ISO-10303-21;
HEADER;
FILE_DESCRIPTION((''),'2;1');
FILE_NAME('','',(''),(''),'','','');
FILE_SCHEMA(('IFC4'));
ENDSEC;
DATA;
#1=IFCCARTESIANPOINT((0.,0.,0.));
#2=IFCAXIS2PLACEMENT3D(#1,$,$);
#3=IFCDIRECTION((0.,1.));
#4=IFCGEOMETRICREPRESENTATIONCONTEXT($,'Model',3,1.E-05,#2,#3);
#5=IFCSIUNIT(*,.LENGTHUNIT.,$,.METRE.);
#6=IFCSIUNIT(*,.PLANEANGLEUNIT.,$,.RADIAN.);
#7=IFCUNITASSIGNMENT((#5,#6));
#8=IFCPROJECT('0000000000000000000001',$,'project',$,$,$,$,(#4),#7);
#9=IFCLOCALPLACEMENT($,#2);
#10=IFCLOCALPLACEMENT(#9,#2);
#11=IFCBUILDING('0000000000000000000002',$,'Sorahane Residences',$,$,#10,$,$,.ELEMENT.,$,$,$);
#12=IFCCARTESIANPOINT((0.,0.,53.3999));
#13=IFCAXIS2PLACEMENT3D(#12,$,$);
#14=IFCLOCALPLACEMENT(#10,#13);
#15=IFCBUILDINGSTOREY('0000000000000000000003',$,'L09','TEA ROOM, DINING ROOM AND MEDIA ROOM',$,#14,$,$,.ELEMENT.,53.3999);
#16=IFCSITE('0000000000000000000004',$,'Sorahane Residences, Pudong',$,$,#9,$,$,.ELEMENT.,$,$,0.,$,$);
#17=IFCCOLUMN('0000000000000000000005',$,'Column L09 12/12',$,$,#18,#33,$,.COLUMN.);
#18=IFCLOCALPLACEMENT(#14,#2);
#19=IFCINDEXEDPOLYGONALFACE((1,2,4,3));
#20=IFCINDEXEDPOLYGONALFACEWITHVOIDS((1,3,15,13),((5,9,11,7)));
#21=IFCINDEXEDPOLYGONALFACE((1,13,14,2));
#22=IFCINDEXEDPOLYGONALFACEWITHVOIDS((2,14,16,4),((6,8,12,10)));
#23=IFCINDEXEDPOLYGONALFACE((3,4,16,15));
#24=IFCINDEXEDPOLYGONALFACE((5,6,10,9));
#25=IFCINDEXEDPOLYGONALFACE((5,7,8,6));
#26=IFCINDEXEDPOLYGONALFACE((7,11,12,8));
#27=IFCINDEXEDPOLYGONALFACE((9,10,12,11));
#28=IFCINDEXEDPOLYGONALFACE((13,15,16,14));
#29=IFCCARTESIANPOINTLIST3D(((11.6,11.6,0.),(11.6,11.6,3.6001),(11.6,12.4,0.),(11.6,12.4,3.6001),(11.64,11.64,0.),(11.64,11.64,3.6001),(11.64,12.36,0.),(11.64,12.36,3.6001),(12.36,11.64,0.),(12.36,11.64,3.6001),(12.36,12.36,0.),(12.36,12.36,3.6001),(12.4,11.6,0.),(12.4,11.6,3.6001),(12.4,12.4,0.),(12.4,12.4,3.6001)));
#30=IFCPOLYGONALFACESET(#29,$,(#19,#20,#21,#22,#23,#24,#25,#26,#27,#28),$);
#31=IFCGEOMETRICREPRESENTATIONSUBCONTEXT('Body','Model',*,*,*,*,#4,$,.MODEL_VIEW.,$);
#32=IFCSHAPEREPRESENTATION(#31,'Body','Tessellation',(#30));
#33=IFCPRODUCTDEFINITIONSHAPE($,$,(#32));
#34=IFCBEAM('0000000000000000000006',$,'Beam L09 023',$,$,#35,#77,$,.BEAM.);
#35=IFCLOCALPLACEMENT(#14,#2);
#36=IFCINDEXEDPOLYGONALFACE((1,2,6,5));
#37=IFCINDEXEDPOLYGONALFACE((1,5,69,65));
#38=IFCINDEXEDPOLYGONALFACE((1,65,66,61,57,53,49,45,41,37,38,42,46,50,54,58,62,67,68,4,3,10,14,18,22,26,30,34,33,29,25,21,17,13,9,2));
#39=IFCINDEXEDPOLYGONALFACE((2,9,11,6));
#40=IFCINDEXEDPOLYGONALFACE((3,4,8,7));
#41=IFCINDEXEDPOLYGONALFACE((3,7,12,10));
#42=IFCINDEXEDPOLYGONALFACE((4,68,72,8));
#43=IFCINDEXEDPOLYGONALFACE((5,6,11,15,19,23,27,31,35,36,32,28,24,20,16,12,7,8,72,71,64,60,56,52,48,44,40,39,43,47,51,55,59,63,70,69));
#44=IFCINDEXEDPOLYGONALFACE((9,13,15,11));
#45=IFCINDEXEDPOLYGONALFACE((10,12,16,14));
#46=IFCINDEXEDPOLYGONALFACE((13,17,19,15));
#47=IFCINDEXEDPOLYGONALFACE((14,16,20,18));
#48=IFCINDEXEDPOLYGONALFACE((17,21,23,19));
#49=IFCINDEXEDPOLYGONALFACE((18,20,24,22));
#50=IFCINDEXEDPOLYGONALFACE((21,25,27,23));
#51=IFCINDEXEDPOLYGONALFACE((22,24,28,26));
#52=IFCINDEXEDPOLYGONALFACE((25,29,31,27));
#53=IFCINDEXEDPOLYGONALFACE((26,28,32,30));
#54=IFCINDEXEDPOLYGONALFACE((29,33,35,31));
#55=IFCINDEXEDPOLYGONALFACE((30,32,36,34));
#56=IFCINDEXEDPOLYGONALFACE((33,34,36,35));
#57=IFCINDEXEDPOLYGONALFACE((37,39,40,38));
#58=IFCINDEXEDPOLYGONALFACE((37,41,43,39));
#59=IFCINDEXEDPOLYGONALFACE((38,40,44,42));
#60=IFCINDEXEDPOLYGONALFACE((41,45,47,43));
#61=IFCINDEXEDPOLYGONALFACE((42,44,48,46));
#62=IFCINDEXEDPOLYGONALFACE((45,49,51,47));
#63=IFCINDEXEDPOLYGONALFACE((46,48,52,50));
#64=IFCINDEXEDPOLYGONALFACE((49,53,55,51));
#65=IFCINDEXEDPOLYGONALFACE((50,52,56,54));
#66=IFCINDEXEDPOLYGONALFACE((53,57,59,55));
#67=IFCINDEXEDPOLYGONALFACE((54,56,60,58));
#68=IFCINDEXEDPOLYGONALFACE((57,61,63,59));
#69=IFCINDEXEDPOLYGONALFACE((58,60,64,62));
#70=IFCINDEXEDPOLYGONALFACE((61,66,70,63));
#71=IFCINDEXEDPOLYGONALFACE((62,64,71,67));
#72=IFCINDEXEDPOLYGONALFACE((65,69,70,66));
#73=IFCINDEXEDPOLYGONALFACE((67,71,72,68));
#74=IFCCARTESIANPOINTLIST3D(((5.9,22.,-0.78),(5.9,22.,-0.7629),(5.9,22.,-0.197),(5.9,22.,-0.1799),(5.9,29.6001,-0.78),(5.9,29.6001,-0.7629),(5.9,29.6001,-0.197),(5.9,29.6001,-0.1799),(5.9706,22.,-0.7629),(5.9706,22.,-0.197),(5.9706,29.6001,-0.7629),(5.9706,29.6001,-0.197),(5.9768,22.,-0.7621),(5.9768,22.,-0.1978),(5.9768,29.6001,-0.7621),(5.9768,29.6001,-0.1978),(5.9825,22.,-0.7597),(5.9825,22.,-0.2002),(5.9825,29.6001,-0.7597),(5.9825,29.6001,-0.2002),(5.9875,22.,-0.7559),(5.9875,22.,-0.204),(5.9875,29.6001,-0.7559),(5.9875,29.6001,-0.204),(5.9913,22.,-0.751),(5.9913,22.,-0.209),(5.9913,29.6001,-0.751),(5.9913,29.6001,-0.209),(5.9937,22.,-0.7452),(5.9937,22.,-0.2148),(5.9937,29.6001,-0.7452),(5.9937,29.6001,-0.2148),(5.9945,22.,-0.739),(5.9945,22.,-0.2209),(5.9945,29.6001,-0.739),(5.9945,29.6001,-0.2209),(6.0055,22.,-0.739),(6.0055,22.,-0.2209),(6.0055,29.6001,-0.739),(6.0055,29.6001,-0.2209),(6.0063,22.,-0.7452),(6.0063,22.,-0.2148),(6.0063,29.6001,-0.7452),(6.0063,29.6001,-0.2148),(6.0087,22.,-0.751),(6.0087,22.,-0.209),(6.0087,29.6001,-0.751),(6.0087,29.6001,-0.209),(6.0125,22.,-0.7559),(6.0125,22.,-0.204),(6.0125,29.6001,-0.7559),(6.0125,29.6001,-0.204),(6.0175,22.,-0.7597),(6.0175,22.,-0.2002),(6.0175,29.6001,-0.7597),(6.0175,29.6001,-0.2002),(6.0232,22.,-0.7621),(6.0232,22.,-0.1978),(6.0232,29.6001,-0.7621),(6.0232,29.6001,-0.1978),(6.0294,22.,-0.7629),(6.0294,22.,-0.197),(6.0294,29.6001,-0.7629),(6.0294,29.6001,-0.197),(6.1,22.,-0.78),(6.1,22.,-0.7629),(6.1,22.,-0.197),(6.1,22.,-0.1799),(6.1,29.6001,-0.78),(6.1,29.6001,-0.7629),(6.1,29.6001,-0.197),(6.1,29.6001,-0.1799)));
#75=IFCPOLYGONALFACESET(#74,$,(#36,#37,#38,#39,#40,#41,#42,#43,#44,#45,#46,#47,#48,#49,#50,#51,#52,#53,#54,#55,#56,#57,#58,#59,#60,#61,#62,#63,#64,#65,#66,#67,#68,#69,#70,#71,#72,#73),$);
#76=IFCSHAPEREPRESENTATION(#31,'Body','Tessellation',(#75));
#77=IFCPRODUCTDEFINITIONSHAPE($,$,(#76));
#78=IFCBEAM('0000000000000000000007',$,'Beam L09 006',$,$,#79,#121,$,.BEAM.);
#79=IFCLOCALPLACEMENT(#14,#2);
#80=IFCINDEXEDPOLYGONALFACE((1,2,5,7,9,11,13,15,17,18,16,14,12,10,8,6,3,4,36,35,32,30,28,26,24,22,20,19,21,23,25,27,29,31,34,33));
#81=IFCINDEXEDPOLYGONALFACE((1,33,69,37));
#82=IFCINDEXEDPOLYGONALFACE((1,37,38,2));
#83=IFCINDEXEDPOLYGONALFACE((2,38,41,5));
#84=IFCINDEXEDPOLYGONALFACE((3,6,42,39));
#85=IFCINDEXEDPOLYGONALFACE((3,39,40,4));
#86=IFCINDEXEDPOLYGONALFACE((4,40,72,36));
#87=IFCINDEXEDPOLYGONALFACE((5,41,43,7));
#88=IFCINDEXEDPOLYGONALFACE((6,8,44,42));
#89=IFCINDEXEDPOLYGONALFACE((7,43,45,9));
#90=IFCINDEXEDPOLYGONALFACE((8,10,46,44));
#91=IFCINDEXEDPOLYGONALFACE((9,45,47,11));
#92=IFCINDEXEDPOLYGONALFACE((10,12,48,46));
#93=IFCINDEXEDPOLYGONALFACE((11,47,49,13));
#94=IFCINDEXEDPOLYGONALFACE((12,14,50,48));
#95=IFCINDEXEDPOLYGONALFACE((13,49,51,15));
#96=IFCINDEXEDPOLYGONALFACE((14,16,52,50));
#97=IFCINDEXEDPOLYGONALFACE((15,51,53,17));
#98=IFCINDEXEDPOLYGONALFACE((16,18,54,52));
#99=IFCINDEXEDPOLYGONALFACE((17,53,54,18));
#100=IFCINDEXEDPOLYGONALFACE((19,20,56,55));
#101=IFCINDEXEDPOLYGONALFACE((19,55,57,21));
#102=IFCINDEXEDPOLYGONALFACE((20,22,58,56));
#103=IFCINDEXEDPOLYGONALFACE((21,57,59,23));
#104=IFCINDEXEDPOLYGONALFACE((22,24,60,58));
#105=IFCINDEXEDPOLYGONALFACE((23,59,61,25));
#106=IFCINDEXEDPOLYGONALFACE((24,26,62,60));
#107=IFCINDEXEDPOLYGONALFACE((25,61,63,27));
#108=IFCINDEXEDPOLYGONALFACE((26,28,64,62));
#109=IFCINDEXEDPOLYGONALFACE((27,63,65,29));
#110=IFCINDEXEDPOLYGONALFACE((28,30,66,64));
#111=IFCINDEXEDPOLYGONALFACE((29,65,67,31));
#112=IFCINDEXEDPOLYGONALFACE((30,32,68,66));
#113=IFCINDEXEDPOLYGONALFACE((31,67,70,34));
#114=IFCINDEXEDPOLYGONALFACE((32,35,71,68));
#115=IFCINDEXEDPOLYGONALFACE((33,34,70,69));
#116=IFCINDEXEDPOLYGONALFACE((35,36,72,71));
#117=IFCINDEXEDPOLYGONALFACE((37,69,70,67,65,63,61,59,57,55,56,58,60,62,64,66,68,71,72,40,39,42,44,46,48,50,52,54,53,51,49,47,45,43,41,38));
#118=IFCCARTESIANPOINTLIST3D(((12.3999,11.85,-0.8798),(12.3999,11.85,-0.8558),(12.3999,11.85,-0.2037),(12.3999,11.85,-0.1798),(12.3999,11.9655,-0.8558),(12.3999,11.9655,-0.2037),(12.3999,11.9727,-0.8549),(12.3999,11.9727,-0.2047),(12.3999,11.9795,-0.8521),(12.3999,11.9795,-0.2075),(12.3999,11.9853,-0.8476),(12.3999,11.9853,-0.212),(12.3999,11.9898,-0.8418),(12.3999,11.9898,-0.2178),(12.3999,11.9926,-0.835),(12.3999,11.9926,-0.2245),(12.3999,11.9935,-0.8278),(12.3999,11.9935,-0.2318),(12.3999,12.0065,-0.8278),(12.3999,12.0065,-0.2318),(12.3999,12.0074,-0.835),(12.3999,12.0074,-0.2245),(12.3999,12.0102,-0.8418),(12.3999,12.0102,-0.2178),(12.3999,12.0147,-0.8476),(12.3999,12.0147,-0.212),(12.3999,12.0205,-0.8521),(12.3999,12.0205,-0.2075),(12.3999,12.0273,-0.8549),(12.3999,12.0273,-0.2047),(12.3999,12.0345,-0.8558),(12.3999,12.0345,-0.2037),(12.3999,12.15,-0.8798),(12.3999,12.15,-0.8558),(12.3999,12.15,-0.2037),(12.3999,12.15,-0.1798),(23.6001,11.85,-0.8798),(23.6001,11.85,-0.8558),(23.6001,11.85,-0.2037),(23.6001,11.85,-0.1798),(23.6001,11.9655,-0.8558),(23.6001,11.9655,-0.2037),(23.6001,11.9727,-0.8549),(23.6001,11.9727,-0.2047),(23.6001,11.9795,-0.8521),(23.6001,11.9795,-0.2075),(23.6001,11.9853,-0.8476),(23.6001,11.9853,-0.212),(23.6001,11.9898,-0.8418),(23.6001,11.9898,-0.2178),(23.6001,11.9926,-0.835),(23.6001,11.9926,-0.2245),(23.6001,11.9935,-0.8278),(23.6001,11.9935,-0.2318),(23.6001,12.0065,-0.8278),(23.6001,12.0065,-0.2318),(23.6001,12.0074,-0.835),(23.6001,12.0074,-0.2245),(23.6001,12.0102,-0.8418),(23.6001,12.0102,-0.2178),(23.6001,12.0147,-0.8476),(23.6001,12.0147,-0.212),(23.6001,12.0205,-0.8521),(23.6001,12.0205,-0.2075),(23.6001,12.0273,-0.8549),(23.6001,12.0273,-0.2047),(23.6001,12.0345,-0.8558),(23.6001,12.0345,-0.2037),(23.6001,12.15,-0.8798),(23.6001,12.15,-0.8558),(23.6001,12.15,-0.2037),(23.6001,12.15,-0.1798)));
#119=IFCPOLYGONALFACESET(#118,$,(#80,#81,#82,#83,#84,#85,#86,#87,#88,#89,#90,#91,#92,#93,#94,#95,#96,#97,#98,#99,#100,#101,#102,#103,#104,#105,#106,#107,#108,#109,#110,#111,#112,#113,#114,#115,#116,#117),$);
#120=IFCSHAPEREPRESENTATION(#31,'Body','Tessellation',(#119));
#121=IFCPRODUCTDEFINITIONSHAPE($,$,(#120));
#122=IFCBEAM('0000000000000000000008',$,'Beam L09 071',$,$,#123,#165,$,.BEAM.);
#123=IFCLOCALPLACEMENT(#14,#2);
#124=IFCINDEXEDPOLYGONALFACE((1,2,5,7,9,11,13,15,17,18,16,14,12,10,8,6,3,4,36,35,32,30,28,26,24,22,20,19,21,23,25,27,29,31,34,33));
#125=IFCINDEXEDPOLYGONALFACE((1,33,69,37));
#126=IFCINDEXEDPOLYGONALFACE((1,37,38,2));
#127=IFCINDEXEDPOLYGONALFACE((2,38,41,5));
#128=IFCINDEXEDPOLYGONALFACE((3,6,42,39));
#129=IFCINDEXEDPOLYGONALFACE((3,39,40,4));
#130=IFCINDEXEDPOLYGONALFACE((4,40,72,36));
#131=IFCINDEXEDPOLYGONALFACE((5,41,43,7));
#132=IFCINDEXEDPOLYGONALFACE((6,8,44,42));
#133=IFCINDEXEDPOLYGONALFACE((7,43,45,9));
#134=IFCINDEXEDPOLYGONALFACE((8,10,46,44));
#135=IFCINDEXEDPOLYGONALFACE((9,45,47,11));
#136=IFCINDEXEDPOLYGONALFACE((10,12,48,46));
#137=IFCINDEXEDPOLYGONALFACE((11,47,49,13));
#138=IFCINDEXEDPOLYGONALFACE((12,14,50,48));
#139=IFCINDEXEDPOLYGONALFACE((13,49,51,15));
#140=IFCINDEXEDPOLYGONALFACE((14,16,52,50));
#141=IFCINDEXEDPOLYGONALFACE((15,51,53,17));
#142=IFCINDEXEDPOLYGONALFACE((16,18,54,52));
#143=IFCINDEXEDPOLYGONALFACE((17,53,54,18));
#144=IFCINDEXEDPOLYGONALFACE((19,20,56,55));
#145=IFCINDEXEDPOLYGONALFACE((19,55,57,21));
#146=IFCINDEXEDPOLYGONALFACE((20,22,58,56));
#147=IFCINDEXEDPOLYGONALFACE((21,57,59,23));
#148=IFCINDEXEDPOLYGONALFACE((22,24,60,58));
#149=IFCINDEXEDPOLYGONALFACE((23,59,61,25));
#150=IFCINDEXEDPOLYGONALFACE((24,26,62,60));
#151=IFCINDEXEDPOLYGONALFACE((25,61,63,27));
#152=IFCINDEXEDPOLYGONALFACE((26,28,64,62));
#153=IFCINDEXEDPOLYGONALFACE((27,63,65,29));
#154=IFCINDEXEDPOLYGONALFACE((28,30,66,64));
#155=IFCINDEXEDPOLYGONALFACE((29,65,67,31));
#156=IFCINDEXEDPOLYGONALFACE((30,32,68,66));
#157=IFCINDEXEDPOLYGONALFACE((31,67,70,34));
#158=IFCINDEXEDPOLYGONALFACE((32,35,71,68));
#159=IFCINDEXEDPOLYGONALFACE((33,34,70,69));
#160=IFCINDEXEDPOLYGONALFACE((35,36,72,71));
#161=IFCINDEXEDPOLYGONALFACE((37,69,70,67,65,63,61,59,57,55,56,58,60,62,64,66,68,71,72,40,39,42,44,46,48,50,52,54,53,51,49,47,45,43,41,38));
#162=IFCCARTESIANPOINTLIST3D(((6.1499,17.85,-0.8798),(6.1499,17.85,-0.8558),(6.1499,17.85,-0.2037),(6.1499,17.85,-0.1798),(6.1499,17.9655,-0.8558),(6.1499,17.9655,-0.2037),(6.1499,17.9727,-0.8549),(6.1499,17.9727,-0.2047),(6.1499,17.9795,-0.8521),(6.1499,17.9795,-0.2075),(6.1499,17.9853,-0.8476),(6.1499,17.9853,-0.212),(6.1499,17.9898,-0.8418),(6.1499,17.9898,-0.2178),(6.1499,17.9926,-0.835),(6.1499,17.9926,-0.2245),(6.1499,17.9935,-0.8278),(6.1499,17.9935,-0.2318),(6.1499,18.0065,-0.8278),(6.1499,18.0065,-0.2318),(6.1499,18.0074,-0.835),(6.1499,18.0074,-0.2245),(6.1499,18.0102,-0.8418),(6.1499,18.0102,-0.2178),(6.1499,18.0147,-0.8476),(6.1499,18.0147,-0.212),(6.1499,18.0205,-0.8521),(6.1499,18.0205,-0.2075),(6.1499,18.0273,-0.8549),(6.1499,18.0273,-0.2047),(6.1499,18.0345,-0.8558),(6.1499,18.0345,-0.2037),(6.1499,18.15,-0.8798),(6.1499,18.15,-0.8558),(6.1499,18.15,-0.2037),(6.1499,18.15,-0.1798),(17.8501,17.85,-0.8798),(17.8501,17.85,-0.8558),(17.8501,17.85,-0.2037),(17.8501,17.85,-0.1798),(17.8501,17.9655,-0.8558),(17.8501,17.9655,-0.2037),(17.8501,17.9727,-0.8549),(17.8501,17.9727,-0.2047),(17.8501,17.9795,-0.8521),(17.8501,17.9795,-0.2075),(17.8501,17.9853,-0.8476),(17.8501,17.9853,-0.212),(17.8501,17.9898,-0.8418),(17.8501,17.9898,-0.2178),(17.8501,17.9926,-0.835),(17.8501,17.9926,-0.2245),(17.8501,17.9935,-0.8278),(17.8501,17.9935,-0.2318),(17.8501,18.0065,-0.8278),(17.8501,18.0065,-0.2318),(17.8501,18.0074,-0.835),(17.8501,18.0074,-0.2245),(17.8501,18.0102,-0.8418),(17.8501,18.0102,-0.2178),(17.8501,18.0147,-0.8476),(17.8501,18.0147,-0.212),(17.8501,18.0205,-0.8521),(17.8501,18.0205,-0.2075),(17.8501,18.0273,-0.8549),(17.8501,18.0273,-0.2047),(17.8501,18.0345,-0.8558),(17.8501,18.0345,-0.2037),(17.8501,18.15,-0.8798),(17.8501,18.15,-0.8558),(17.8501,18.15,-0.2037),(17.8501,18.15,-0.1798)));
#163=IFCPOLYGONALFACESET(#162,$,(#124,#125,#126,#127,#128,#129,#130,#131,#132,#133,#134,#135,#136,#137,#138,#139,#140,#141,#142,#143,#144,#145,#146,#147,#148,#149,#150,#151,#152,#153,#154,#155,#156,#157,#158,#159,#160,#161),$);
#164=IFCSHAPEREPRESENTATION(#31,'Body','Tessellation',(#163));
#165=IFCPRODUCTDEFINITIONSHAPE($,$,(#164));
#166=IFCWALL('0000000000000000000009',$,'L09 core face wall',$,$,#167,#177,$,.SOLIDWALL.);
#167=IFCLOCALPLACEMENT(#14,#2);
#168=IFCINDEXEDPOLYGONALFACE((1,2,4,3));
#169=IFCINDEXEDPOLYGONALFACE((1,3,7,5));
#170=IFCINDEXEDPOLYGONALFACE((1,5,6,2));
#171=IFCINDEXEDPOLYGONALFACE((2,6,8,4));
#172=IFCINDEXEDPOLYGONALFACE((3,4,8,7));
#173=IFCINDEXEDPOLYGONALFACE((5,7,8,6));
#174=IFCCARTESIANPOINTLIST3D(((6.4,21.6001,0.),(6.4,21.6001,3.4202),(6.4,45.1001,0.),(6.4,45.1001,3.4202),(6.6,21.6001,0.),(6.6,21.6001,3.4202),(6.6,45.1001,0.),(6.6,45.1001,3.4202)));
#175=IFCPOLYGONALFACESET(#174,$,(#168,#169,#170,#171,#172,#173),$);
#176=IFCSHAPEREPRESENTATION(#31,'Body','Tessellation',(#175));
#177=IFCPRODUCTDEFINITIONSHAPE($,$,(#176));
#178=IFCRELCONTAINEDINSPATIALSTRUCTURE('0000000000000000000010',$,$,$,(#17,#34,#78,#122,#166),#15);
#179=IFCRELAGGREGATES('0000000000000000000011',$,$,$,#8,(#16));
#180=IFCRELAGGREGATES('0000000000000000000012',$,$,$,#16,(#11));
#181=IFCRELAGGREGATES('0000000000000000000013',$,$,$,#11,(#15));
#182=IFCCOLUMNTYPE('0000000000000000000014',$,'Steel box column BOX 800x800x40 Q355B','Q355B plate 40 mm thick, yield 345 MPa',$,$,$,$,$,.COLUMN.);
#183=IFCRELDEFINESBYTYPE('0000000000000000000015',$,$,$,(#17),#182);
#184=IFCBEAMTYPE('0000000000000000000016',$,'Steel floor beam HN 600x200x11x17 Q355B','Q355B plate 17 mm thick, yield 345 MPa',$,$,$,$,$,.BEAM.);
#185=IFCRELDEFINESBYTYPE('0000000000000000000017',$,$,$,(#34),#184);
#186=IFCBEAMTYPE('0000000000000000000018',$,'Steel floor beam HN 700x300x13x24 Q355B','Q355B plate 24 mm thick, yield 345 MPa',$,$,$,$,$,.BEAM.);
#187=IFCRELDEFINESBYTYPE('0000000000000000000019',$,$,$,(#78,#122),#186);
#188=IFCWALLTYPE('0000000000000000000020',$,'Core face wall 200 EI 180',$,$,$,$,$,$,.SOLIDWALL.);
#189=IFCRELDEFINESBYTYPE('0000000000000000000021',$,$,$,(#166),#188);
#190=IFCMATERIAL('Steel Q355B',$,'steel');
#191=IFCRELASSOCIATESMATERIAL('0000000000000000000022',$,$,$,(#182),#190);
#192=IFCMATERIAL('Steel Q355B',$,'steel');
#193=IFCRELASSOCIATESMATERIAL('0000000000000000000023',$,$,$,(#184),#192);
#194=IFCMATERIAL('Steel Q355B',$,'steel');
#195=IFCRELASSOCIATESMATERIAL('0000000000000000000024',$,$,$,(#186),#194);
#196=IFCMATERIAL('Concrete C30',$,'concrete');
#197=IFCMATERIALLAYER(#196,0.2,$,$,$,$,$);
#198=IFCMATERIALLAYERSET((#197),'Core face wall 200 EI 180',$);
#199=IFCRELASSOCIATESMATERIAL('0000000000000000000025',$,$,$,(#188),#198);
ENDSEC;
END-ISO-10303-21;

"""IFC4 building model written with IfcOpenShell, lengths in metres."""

from ifc_helpers import new_model, si_unit, direction, frame, frame_2d, origin, origin_2d, place, context, subcontext, project, spatial, rectangle, hollow_rectangle, i_section, extrude, material, layer, layer_set, material_profile, profile_set, type_object, element, save


model = new_model("IFC4")

# Units and contexts
model_context = context("Model", 3, precision=1e-05, world=origin(), true_north=direction((0.0, 1.0)))
body_context = subcontext(model_context, "Body", "Model", "MODEL_VIEW")
ifc_project = project(units=[si_unit("LENGTHUNIT", "METRE"), si_unit("PLANEANGLEUNIT", "RADIAN")], contexts=[model_context])

# Site, building, storey
site_placement = place(None, origin())
site = spatial("IfcSite", under=ifc_project, at=site_placement, Name="Sorahane Residences, Pudong", CompositionType="ELEMENT", RefElevation=0.0)
building_placement = place(site_placement, origin())
building = spatial("IfcBuilding", under=site, at=building_placement, Name="Sorahane Residences", CompositionType="ELEMENT")
storey_placement = place(building_placement, frame((0.0, 0.0, 53.3999)))
storey = spatial("IfcBuildingStorey", under=building, at=storey_placement, Name="L09", Description="TEA ROOM, DINING ROOM AND MEDIA ROOM", CompositionType="ELEMENT", Elevation=53.3999)

# Column
ifc_material_1 = material(Name="Steel Q355B", Category="steel")
ifc_material_profile_1 = material_profile(ifc_material_1, hollow_rectangle(XDim=0.8, YDim=0.8, WallThickness=0.04, at=origin_2d()), Name="BOX 800x800x40")
ifc_profile_set_1 = profile_set([ifc_material_profile_1], Name="Steel Q355B")
column_type = type_object("IfcColumnType", Name="Steel box column BOX 800x800x40 Q355B", Description="Q355B plate 40 mm thick, yield 345 MPa", PredefinedType="COLUMN", material=ifc_profile_set_1)
column_placement = place(storey_placement, frame((12.0, 12.0, 0.0), z_axis=(0.0, 0.0, 1.0), x_axis=(1.0, 0.0, 0.0)))
element("IfcColumn", 1, at=column_placement, inside=storey, type_object=column_type, Name="Column L09 12/12", PredefinedType="COLUMN", context=body_context, shape_type="SweptSolid", body=[
    extrude(hollow_rectangle(XDim=0.8, YDim=0.8, WallThickness=0.04, at=origin_2d()), origin(), (0.0, 0.0, 1.0), 3.6001),
])

# Beams
ifc_material_2 = material(Name="Steel Q355B", Category="steel")
ifc_material_profile_2 = material_profile(ifc_material_2, i_section(OverallWidth=0.2, OverallDepth=0.6001, WebThickness=0.011, FlangeThickness=0.0171, FilletRadius=0.0239, at=origin_2d()), Name="HN 600x200x11x17")
ifc_profile_set_2 = profile_set([ifc_material_profile_2], Name="Steel Q355B")
beam_type_1 = type_object("IfcBeamType", Name="Steel floor beam HN 600x200x11x17 Q355B", Description="Q355B plate 17 mm thick, yield 345 MPa", PredefinedType="BEAM", material=ifc_profile_set_2)
beam_1_placement = place(storey_placement, frame((6.0, 22.0, -0.48), z_axis=(0.0, 1.0, 0.0), x_axis=(-1.0, 0.0, 0.0)))
element("IfcBeam", 2, at=beam_1_placement, inside=storey, type_object=beam_type_1, Name="Beam L09 023", PredefinedType="BEAM", context=body_context, shape_type="SweptSolid", body=[
    extrude(i_section(OverallWidth=0.2, OverallDepth=0.6001, WebThickness=0.011, FlangeThickness=0.0171, FilletRadius=0.0239, at=origin_2d()), origin(), (0.0, 0.0, 1.0), 7.6001),
])
ifc_material_3 = material(Name="Steel Q355B", Category="steel")
ifc_material_profile_3 = material_profile(ifc_material_3, i_section(OverallWidth=0.3, OverallDepth=0.7, WebThickness=0.0129, FlangeThickness=0.0239, FilletRadius=0.0281, at=origin_2d()), Name="HN 700x300x13x24")
ifc_profile_set_3 = profile_set([ifc_material_profile_3], Name="Steel Q355B")
beam_type_2 = type_object("IfcBeamType", Name="Steel floor beam HN 700x300x13x24 Q355B", Description="Q355B plate 24 mm thick, yield 345 MPa", PredefinedType="BEAM", material=ifc_profile_set_3)
beam_2_placement = place(storey_placement, frame((12.3999, 12.0, -0.5298), z_axis=(1.0, 0.0, 0.0), x_axis=(0.0, 1.0, 0.0)))
element("IfcBeam", 3, at=beam_2_placement, inside=storey, type_object=beam_type_2, Name="Beam L09 006", PredefinedType="BEAM", context=body_context, shape_type="SweptSolid", body=[
    extrude(i_section(OverallWidth=0.3, OverallDepth=0.7, WebThickness=0.0129, FlangeThickness=0.0239, FilletRadius=0.0281, at=origin_2d()), origin(), (0.0, 0.0, 1.0), 11.2002),
])
beam_3_placement = place(storey_placement, frame((6.1499, 18.0, -0.5298), z_axis=(1.0, 0.0, 0.0), x_axis=(0.0, 1.0, 0.0)))
element("IfcBeam", 4, at=beam_3_placement, inside=storey, type_object=beam_type_2, Name="Beam L09 071", PredefinedType="BEAM", context=body_context, shape_type="SweptSolid", body=[
    extrude(i_section(OverallWidth=0.3, OverallDepth=0.7, WebThickness=0.0129, FlangeThickness=0.0239, FilletRadius=0.0281, at=origin_2d()), origin(), (0.0, 0.0, 1.0), 11.7002),
])

# Wall
ifc_material_4 = material(Name="Concrete C30", Category="concrete")
ifc_layer_1 = layer(ifc_material_4, 0.2)
ifc_layer_set_1 = layer_set([ifc_layer_1], Name="Core face wall 200 EI 180")
wall_type_1 = type_object("IfcWallType", Name="Core face wall 200 EI 180", PredefinedType="SOLIDWALL", material=ifc_layer_set_1)
wall_1_placement = place(storey_placement, frame((6.5, 21.6001, 0.0), z_axis=(0.0, 0.0, 1.0), x_axis=(0.0, 1.0, 0.0)))
element("IfcWall", 5, at=wall_1_placement, inside=storey, type_object=wall_type_1, Name="L09 core face wall", PredefinedType="SOLIDWALL", context=body_context, shape_type="SweptSolid", body=[
    extrude(rectangle(XDim=23.5, YDim=0.2, at=frame_2d((11.75, 0.0))), origin(), (0.0, 0.0, 1.0), 3.4202),
])

save(model, "model.ifc")
